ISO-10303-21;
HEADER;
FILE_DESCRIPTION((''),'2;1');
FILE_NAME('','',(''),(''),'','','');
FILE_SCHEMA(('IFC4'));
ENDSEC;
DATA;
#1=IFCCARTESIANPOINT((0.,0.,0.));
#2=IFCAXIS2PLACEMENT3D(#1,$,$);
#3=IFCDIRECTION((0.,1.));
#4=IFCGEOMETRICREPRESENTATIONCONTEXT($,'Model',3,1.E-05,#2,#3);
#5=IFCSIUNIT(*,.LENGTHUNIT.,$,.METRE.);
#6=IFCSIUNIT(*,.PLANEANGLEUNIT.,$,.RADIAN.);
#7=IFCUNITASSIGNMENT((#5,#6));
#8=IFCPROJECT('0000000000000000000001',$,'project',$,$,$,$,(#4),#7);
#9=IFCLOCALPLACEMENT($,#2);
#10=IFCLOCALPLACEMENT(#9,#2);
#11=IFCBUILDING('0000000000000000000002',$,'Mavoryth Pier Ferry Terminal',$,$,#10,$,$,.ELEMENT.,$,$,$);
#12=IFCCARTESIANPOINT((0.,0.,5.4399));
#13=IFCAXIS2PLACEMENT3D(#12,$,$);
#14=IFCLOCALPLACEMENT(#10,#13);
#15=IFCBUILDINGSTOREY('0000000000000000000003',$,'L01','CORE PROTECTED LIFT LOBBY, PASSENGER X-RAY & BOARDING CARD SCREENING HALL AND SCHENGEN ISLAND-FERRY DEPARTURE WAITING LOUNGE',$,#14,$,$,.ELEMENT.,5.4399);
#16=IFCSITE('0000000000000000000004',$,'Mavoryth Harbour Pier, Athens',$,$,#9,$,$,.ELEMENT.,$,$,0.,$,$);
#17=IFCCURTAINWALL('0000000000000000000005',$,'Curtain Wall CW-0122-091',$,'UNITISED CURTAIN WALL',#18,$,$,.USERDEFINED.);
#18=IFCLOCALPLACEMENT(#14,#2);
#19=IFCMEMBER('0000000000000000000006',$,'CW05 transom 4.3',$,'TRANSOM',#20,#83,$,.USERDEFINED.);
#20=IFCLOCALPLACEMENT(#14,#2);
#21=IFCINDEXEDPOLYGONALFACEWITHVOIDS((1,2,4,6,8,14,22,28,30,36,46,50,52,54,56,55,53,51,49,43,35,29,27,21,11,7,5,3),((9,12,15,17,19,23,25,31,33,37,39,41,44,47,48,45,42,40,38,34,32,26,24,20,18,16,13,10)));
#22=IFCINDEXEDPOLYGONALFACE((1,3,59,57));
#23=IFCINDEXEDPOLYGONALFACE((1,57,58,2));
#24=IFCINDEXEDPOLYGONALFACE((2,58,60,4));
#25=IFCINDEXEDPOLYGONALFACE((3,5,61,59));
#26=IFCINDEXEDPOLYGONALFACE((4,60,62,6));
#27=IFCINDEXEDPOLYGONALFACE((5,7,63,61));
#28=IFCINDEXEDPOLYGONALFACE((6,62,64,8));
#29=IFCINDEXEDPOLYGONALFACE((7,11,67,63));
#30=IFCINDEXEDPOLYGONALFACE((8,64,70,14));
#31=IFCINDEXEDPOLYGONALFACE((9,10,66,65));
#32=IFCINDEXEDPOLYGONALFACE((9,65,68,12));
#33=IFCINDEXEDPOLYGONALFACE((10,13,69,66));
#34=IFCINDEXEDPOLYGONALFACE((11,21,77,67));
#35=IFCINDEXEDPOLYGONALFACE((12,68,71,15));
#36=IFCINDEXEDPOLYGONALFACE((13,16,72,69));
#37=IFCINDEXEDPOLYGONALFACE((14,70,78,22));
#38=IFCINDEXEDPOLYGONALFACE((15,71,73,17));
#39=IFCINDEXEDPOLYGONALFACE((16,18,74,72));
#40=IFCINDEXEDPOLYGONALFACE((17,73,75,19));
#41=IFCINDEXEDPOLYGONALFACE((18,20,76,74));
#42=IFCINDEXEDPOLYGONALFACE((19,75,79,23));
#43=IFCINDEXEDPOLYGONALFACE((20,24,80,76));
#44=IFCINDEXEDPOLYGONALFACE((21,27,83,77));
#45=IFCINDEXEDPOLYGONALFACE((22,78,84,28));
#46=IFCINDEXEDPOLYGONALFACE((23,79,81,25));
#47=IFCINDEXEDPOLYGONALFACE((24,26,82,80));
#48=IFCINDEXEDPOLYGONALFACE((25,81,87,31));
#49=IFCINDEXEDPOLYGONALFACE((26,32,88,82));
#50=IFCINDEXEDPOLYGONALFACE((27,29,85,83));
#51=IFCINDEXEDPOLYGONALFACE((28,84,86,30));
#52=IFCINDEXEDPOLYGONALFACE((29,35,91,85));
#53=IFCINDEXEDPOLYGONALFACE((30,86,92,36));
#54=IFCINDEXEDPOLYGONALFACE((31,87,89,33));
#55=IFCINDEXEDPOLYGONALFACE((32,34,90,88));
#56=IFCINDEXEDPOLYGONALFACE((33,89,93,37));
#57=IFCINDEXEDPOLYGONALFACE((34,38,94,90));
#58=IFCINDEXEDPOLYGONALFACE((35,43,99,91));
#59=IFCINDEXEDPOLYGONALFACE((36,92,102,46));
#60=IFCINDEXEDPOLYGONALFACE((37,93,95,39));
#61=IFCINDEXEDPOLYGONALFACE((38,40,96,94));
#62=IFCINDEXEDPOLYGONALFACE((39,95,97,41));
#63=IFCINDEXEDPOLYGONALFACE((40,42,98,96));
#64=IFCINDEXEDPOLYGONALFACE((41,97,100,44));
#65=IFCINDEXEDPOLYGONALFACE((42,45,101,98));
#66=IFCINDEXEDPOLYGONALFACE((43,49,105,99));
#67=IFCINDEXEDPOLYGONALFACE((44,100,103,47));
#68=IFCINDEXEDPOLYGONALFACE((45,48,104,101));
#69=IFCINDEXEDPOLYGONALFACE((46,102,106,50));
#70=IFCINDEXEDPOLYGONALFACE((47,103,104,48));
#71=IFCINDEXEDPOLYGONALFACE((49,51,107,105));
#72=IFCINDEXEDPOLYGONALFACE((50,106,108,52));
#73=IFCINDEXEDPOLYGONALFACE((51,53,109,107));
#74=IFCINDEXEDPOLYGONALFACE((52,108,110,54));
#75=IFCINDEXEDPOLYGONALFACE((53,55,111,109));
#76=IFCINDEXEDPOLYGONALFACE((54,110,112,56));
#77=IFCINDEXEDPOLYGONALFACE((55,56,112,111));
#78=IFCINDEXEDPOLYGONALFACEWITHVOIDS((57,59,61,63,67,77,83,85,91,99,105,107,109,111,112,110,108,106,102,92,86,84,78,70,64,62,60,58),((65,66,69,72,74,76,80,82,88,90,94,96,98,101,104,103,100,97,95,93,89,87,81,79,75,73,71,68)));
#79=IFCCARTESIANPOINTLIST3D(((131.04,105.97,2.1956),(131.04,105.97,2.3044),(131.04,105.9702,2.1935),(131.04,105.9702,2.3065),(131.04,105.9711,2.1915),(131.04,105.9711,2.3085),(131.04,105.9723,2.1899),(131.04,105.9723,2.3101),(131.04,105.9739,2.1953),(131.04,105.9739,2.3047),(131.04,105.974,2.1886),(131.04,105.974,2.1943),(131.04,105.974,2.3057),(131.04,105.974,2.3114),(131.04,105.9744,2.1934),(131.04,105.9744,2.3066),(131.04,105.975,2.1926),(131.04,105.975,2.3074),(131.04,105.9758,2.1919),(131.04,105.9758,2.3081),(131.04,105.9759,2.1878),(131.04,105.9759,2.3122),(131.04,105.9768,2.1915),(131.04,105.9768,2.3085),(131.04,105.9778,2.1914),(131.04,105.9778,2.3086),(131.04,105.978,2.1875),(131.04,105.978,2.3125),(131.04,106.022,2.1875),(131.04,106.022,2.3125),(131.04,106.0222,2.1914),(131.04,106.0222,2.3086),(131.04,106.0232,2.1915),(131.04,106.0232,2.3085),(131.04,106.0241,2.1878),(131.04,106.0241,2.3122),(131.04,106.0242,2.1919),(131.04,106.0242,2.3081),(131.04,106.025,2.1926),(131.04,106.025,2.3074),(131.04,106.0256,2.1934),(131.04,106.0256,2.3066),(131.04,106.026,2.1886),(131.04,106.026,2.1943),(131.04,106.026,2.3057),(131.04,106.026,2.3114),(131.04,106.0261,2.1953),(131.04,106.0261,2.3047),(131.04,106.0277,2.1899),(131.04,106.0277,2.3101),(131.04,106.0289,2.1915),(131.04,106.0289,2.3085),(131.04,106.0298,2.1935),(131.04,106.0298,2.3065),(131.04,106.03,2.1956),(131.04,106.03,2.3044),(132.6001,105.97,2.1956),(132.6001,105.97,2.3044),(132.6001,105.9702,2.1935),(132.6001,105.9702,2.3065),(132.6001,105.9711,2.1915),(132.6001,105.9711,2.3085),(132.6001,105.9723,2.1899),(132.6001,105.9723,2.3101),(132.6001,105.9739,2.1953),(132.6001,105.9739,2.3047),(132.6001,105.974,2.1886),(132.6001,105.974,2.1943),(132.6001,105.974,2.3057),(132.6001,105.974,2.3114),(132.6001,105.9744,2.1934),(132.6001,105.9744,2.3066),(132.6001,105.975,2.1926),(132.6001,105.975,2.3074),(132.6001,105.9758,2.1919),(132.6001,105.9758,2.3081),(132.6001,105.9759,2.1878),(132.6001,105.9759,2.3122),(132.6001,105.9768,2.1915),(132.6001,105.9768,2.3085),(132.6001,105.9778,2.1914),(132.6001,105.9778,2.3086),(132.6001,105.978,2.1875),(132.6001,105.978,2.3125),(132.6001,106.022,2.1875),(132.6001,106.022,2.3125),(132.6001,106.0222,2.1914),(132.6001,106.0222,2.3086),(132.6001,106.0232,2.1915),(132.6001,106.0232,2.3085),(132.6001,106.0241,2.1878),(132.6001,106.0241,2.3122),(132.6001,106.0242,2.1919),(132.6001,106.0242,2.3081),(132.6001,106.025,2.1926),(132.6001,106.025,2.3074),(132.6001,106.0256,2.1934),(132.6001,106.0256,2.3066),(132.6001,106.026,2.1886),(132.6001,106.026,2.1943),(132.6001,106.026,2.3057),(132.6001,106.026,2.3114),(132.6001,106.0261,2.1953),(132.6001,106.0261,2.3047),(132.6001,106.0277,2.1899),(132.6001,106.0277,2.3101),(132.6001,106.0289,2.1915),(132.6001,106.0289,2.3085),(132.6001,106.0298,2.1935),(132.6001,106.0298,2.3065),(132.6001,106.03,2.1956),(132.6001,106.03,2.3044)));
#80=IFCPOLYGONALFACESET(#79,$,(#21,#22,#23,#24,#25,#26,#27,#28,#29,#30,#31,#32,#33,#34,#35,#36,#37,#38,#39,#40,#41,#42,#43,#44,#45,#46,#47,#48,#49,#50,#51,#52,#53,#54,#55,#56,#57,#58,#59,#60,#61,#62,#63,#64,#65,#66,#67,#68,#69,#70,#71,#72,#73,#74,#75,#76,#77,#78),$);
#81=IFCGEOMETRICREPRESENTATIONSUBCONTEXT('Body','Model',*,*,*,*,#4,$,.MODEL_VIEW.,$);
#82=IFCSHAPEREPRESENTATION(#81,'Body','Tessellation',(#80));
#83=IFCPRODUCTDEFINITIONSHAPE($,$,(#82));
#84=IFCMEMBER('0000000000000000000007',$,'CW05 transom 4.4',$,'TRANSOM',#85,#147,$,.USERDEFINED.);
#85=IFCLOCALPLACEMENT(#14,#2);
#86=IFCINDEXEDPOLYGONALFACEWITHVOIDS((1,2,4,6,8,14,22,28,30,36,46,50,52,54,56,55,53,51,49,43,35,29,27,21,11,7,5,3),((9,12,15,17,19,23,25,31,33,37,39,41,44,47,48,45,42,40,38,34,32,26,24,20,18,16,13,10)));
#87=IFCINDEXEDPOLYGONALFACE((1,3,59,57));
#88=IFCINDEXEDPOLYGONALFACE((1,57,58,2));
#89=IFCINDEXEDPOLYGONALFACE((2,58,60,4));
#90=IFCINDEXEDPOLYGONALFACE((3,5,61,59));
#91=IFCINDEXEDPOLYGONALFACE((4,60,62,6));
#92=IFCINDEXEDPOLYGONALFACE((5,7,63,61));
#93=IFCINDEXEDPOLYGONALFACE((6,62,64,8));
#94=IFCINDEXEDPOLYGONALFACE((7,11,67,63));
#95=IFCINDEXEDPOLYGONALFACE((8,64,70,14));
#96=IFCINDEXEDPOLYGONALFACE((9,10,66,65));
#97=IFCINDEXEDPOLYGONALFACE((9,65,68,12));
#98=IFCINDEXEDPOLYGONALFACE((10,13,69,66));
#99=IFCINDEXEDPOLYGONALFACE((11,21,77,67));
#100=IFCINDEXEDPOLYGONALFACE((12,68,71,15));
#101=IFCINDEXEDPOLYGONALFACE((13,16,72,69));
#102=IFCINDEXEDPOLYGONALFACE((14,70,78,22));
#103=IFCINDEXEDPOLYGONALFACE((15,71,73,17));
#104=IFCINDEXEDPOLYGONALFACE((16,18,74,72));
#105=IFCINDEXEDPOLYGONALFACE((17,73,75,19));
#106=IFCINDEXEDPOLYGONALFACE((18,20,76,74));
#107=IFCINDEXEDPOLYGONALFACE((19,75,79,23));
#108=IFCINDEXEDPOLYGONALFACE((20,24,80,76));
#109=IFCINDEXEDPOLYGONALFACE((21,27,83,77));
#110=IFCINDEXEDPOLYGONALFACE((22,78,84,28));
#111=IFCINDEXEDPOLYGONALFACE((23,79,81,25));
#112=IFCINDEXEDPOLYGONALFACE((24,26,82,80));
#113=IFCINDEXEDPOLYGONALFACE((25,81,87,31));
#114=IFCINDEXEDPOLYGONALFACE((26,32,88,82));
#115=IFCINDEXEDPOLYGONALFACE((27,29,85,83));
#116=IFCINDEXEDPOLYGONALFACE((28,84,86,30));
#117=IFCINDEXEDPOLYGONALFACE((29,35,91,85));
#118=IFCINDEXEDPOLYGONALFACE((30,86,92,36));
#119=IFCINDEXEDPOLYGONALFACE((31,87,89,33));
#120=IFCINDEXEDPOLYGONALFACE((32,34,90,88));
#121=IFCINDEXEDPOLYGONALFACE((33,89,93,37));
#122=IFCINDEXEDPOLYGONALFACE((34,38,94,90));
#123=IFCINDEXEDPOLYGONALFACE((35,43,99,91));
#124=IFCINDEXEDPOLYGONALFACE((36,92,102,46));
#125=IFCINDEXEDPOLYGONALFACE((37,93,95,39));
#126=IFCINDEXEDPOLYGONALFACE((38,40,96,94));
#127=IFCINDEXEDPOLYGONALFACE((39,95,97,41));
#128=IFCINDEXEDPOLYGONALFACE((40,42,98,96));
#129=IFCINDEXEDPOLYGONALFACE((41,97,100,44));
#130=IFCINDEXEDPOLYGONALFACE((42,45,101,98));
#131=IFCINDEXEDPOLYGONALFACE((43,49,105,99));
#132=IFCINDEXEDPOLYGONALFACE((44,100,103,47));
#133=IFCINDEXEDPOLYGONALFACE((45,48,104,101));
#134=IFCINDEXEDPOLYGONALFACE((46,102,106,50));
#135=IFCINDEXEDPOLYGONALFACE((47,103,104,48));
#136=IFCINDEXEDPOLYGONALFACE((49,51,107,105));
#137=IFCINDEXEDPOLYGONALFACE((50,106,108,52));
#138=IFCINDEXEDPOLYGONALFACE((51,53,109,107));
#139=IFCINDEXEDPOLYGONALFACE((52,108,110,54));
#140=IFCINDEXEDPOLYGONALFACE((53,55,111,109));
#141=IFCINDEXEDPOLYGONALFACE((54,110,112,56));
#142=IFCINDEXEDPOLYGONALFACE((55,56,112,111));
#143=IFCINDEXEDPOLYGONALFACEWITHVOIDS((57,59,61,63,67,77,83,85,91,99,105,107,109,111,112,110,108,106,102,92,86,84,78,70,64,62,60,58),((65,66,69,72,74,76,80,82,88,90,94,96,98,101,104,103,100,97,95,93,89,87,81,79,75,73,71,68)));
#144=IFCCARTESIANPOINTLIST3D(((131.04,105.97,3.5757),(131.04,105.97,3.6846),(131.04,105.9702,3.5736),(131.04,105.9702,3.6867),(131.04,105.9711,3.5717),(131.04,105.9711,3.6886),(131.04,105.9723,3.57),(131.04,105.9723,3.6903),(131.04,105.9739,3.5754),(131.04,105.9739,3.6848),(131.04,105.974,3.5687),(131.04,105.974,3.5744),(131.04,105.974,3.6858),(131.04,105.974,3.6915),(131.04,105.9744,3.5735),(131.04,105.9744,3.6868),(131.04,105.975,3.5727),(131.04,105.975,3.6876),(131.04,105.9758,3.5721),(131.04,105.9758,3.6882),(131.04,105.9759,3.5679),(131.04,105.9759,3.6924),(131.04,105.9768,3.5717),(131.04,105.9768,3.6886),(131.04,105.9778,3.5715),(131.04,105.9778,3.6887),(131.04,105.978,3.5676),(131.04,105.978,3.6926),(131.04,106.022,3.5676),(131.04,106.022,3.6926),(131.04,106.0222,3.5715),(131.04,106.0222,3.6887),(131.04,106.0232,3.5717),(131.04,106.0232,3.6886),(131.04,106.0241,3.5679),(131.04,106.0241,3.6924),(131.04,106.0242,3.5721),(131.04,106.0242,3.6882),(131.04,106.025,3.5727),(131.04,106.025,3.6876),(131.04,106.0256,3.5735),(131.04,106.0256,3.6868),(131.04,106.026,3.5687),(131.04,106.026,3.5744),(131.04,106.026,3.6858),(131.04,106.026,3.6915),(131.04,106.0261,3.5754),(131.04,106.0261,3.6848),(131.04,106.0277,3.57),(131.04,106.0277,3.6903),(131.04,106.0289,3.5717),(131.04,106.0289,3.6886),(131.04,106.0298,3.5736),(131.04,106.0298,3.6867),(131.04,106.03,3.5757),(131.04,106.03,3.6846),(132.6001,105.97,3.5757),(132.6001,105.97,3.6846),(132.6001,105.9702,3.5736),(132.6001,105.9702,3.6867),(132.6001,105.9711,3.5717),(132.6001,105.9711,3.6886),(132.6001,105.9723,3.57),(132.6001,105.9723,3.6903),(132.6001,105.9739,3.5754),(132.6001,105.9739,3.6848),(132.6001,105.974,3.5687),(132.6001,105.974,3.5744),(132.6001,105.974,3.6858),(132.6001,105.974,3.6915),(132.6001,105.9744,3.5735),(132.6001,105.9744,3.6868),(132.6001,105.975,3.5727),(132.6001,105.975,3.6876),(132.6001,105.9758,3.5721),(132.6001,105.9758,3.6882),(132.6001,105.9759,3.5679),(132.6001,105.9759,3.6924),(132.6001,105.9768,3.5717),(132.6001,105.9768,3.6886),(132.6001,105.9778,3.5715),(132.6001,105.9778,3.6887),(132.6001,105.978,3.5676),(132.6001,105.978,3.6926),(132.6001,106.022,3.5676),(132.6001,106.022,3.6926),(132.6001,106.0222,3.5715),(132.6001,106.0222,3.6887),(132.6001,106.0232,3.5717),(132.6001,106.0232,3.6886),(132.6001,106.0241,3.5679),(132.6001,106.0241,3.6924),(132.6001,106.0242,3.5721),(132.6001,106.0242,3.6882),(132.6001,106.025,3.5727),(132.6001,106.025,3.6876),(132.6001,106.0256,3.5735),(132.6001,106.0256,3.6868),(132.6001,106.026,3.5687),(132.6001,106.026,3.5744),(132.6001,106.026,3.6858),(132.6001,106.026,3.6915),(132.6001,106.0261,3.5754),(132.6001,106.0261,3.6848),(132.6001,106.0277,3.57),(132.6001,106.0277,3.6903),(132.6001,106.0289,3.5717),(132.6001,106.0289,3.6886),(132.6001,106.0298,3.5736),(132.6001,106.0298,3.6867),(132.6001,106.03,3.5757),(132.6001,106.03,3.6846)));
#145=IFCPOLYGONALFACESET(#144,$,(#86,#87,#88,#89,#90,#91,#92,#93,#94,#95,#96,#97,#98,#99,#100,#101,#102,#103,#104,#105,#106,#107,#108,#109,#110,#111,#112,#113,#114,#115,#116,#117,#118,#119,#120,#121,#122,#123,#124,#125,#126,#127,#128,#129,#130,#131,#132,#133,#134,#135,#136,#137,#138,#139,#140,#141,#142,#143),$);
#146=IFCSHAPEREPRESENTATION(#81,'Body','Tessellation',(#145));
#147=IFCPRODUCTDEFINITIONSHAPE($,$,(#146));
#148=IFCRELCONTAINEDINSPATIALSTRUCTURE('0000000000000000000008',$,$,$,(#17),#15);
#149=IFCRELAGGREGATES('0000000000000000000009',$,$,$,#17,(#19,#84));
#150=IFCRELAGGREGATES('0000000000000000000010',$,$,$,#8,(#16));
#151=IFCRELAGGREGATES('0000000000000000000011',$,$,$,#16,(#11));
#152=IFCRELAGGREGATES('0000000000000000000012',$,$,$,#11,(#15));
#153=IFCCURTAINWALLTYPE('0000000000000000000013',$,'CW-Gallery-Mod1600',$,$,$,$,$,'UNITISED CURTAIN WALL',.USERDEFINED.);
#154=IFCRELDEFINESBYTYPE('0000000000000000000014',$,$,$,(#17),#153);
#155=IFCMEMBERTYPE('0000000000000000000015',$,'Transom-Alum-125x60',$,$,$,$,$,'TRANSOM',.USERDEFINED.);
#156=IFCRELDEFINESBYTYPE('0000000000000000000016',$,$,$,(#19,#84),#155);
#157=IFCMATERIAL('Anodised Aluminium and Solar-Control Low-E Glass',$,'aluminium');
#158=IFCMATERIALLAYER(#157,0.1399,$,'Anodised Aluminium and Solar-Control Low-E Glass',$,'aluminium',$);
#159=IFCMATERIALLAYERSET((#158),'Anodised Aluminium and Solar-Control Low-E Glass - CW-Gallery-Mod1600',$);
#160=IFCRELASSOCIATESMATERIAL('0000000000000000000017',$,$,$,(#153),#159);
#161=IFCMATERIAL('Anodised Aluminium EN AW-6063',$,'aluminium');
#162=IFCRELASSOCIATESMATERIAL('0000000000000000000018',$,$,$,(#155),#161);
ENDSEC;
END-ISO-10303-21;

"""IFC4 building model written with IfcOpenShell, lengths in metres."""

from ifc_helpers import new_model, si_unit, direction, frame, origin, origin_2d, place, context, subcontext, project, spatial, hollow_rectangle, extrude, material, layer, layer_set, material_profile, profile_set, type_object, element, aggregate, save


model = new_model("IFC4")

# Units and contexts
model_context = context("Model", 3, precision=1e-05, world=origin(), true_north=direction((0.0, 1.0)))
body_context = subcontext(model_context, "Body", "Model", "MODEL_VIEW")
ifc_project = project(units=[si_unit("LENGTHUNIT", "METRE"), si_unit("PLANEANGLEUNIT", "RADIAN")], contexts=[model_context])

# Site, building, storey
site_placement = place(None, origin())
site = spatial("IfcSite", under=ifc_project, at=site_placement, Name="Mavoryth Harbour Pier, Athens", CompositionType="ELEMENT", RefElevation=0.0)
building_placement = place(site_placement, origin())
building = spatial("IfcBuilding", under=site, at=building_placement, Name="Mavoryth Pier Ferry Terminal", CompositionType="ELEMENT")
storey_placement = place(building_placement, frame((0.0, 0.0, 5.4399)))
storey = spatial("IfcBuildingStorey", under=building, at=storey_placement, Name="L01", Description="CORE PROTECTED LIFT LOBBY, PASSENGER X-RAY & BOARDING CARD SCREENING HALL AND SCHENGEN ISLAND-FERRY DEPARTURE WAITING LOUNGE", CompositionType="ELEMENT", Elevation=5.4399)

# Curtain wall
ifc_material_1 = material(Name="Anodised Aluminium and Solar-Control Low-E Glass", Category="aluminium")
ifc_layer_1 = layer(ifc_material_1, 0.1399, Name="Anodised Aluminium and Solar-Control Low-E Glass", Category="aluminium")
ifc_layer_set_1 = layer_set([ifc_layer_1], Name="Anodised Aluminium and Solar-Control Low-E Glass - CW-Gallery-Mod1600")
curtain_wall_type = type_object("IfcCurtainWallType", Name="CW-Gallery-Mod1600", ElementType="UNITISED CURTAIN WALL", PredefinedType="USERDEFINED", material=ifc_layer_set_1)
curtain_wall_1_placement = place(storey_placement, origin())
curtain_wall_1 = element("IfcCurtainWall", 1, at=curtain_wall_1_placement, inside=storey, type_object=curtain_wall_type, Name="Curtain Wall CW-0122-091", ObjectType="UNITISED CURTAIN WALL", PredefinedType="USERDEFINED")
ifc_material_2 = material(Name="Anodised Aluminium EN AW-6063", Category="aluminium")

# Members
ifc_material_profile_1 = material_profile(ifc_material_2, hollow_rectangle(XDim=0.0601, YDim=0.125, WallThickness=0.0039, InnerFilletRadius=0.0039, OuterFilletRadius=0.0081, at=origin_2d()), Name="AL-TRAN 125x60x4", Category="aluminium")
ifc_profile_set_1 = profile_set([ifc_material_profile_1], Name="Anodised Aluminium EN AW-6063 - AL-TRAN 125x60x4")
member_type_1 = type_object("IfcMemberType", Name="Transom-Alum-125x60", ElementType="TRANSOM", PredefinedType="USERDEFINED", material=ifc_profile_set_1)
member_1_placement = place(storey_placement, frame((131.04, 106.0, 2.25), z_axis=(1.0, 0.0, 0.0), x_axis=(0.0, 1.0, 0.0)))
member_1 = element("IfcMember", 2, at=member_1_placement, type_object=member_type_1, Name="CW05 transom 4.3", ObjectType="TRANSOM", PredefinedType="USERDEFINED", context=body_context, shape_type="SweptSolid", body=[
    extrude(hollow_rectangle(XDim=0.0601, YDim=0.125, WallThickness=0.0039, InnerFilletRadius=0.0039, OuterFilletRadius=0.0081, at=origin_2d()), origin(), (0.0, 0.0, 1.0), 1.5601),
])
member_2_placement = place(storey_placement, frame((131.04, 106.0, 3.6301), z_axis=(1.0, 0.0, 0.0), x_axis=(0.0, 1.0, 0.0)))
member_2 = element("IfcMember", 3, at=member_2_placement, type_object=member_type_1, Name="CW05 transom 4.4", ObjectType="TRANSOM", PredefinedType="USERDEFINED", context=body_context, shape_type="SweptSolid", body=[
    extrude(hollow_rectangle(XDim=0.0601, YDim=0.125, WallThickness=0.0039, InnerFilletRadius=0.0039, OuterFilletRadius=0.0081, at=origin_2d()), origin(), (0.0, 0.0, 1.0), 1.5601),
])

aggregate(curtain_wall_1, [member_1, member_2])

save(model, "model.ifc")
